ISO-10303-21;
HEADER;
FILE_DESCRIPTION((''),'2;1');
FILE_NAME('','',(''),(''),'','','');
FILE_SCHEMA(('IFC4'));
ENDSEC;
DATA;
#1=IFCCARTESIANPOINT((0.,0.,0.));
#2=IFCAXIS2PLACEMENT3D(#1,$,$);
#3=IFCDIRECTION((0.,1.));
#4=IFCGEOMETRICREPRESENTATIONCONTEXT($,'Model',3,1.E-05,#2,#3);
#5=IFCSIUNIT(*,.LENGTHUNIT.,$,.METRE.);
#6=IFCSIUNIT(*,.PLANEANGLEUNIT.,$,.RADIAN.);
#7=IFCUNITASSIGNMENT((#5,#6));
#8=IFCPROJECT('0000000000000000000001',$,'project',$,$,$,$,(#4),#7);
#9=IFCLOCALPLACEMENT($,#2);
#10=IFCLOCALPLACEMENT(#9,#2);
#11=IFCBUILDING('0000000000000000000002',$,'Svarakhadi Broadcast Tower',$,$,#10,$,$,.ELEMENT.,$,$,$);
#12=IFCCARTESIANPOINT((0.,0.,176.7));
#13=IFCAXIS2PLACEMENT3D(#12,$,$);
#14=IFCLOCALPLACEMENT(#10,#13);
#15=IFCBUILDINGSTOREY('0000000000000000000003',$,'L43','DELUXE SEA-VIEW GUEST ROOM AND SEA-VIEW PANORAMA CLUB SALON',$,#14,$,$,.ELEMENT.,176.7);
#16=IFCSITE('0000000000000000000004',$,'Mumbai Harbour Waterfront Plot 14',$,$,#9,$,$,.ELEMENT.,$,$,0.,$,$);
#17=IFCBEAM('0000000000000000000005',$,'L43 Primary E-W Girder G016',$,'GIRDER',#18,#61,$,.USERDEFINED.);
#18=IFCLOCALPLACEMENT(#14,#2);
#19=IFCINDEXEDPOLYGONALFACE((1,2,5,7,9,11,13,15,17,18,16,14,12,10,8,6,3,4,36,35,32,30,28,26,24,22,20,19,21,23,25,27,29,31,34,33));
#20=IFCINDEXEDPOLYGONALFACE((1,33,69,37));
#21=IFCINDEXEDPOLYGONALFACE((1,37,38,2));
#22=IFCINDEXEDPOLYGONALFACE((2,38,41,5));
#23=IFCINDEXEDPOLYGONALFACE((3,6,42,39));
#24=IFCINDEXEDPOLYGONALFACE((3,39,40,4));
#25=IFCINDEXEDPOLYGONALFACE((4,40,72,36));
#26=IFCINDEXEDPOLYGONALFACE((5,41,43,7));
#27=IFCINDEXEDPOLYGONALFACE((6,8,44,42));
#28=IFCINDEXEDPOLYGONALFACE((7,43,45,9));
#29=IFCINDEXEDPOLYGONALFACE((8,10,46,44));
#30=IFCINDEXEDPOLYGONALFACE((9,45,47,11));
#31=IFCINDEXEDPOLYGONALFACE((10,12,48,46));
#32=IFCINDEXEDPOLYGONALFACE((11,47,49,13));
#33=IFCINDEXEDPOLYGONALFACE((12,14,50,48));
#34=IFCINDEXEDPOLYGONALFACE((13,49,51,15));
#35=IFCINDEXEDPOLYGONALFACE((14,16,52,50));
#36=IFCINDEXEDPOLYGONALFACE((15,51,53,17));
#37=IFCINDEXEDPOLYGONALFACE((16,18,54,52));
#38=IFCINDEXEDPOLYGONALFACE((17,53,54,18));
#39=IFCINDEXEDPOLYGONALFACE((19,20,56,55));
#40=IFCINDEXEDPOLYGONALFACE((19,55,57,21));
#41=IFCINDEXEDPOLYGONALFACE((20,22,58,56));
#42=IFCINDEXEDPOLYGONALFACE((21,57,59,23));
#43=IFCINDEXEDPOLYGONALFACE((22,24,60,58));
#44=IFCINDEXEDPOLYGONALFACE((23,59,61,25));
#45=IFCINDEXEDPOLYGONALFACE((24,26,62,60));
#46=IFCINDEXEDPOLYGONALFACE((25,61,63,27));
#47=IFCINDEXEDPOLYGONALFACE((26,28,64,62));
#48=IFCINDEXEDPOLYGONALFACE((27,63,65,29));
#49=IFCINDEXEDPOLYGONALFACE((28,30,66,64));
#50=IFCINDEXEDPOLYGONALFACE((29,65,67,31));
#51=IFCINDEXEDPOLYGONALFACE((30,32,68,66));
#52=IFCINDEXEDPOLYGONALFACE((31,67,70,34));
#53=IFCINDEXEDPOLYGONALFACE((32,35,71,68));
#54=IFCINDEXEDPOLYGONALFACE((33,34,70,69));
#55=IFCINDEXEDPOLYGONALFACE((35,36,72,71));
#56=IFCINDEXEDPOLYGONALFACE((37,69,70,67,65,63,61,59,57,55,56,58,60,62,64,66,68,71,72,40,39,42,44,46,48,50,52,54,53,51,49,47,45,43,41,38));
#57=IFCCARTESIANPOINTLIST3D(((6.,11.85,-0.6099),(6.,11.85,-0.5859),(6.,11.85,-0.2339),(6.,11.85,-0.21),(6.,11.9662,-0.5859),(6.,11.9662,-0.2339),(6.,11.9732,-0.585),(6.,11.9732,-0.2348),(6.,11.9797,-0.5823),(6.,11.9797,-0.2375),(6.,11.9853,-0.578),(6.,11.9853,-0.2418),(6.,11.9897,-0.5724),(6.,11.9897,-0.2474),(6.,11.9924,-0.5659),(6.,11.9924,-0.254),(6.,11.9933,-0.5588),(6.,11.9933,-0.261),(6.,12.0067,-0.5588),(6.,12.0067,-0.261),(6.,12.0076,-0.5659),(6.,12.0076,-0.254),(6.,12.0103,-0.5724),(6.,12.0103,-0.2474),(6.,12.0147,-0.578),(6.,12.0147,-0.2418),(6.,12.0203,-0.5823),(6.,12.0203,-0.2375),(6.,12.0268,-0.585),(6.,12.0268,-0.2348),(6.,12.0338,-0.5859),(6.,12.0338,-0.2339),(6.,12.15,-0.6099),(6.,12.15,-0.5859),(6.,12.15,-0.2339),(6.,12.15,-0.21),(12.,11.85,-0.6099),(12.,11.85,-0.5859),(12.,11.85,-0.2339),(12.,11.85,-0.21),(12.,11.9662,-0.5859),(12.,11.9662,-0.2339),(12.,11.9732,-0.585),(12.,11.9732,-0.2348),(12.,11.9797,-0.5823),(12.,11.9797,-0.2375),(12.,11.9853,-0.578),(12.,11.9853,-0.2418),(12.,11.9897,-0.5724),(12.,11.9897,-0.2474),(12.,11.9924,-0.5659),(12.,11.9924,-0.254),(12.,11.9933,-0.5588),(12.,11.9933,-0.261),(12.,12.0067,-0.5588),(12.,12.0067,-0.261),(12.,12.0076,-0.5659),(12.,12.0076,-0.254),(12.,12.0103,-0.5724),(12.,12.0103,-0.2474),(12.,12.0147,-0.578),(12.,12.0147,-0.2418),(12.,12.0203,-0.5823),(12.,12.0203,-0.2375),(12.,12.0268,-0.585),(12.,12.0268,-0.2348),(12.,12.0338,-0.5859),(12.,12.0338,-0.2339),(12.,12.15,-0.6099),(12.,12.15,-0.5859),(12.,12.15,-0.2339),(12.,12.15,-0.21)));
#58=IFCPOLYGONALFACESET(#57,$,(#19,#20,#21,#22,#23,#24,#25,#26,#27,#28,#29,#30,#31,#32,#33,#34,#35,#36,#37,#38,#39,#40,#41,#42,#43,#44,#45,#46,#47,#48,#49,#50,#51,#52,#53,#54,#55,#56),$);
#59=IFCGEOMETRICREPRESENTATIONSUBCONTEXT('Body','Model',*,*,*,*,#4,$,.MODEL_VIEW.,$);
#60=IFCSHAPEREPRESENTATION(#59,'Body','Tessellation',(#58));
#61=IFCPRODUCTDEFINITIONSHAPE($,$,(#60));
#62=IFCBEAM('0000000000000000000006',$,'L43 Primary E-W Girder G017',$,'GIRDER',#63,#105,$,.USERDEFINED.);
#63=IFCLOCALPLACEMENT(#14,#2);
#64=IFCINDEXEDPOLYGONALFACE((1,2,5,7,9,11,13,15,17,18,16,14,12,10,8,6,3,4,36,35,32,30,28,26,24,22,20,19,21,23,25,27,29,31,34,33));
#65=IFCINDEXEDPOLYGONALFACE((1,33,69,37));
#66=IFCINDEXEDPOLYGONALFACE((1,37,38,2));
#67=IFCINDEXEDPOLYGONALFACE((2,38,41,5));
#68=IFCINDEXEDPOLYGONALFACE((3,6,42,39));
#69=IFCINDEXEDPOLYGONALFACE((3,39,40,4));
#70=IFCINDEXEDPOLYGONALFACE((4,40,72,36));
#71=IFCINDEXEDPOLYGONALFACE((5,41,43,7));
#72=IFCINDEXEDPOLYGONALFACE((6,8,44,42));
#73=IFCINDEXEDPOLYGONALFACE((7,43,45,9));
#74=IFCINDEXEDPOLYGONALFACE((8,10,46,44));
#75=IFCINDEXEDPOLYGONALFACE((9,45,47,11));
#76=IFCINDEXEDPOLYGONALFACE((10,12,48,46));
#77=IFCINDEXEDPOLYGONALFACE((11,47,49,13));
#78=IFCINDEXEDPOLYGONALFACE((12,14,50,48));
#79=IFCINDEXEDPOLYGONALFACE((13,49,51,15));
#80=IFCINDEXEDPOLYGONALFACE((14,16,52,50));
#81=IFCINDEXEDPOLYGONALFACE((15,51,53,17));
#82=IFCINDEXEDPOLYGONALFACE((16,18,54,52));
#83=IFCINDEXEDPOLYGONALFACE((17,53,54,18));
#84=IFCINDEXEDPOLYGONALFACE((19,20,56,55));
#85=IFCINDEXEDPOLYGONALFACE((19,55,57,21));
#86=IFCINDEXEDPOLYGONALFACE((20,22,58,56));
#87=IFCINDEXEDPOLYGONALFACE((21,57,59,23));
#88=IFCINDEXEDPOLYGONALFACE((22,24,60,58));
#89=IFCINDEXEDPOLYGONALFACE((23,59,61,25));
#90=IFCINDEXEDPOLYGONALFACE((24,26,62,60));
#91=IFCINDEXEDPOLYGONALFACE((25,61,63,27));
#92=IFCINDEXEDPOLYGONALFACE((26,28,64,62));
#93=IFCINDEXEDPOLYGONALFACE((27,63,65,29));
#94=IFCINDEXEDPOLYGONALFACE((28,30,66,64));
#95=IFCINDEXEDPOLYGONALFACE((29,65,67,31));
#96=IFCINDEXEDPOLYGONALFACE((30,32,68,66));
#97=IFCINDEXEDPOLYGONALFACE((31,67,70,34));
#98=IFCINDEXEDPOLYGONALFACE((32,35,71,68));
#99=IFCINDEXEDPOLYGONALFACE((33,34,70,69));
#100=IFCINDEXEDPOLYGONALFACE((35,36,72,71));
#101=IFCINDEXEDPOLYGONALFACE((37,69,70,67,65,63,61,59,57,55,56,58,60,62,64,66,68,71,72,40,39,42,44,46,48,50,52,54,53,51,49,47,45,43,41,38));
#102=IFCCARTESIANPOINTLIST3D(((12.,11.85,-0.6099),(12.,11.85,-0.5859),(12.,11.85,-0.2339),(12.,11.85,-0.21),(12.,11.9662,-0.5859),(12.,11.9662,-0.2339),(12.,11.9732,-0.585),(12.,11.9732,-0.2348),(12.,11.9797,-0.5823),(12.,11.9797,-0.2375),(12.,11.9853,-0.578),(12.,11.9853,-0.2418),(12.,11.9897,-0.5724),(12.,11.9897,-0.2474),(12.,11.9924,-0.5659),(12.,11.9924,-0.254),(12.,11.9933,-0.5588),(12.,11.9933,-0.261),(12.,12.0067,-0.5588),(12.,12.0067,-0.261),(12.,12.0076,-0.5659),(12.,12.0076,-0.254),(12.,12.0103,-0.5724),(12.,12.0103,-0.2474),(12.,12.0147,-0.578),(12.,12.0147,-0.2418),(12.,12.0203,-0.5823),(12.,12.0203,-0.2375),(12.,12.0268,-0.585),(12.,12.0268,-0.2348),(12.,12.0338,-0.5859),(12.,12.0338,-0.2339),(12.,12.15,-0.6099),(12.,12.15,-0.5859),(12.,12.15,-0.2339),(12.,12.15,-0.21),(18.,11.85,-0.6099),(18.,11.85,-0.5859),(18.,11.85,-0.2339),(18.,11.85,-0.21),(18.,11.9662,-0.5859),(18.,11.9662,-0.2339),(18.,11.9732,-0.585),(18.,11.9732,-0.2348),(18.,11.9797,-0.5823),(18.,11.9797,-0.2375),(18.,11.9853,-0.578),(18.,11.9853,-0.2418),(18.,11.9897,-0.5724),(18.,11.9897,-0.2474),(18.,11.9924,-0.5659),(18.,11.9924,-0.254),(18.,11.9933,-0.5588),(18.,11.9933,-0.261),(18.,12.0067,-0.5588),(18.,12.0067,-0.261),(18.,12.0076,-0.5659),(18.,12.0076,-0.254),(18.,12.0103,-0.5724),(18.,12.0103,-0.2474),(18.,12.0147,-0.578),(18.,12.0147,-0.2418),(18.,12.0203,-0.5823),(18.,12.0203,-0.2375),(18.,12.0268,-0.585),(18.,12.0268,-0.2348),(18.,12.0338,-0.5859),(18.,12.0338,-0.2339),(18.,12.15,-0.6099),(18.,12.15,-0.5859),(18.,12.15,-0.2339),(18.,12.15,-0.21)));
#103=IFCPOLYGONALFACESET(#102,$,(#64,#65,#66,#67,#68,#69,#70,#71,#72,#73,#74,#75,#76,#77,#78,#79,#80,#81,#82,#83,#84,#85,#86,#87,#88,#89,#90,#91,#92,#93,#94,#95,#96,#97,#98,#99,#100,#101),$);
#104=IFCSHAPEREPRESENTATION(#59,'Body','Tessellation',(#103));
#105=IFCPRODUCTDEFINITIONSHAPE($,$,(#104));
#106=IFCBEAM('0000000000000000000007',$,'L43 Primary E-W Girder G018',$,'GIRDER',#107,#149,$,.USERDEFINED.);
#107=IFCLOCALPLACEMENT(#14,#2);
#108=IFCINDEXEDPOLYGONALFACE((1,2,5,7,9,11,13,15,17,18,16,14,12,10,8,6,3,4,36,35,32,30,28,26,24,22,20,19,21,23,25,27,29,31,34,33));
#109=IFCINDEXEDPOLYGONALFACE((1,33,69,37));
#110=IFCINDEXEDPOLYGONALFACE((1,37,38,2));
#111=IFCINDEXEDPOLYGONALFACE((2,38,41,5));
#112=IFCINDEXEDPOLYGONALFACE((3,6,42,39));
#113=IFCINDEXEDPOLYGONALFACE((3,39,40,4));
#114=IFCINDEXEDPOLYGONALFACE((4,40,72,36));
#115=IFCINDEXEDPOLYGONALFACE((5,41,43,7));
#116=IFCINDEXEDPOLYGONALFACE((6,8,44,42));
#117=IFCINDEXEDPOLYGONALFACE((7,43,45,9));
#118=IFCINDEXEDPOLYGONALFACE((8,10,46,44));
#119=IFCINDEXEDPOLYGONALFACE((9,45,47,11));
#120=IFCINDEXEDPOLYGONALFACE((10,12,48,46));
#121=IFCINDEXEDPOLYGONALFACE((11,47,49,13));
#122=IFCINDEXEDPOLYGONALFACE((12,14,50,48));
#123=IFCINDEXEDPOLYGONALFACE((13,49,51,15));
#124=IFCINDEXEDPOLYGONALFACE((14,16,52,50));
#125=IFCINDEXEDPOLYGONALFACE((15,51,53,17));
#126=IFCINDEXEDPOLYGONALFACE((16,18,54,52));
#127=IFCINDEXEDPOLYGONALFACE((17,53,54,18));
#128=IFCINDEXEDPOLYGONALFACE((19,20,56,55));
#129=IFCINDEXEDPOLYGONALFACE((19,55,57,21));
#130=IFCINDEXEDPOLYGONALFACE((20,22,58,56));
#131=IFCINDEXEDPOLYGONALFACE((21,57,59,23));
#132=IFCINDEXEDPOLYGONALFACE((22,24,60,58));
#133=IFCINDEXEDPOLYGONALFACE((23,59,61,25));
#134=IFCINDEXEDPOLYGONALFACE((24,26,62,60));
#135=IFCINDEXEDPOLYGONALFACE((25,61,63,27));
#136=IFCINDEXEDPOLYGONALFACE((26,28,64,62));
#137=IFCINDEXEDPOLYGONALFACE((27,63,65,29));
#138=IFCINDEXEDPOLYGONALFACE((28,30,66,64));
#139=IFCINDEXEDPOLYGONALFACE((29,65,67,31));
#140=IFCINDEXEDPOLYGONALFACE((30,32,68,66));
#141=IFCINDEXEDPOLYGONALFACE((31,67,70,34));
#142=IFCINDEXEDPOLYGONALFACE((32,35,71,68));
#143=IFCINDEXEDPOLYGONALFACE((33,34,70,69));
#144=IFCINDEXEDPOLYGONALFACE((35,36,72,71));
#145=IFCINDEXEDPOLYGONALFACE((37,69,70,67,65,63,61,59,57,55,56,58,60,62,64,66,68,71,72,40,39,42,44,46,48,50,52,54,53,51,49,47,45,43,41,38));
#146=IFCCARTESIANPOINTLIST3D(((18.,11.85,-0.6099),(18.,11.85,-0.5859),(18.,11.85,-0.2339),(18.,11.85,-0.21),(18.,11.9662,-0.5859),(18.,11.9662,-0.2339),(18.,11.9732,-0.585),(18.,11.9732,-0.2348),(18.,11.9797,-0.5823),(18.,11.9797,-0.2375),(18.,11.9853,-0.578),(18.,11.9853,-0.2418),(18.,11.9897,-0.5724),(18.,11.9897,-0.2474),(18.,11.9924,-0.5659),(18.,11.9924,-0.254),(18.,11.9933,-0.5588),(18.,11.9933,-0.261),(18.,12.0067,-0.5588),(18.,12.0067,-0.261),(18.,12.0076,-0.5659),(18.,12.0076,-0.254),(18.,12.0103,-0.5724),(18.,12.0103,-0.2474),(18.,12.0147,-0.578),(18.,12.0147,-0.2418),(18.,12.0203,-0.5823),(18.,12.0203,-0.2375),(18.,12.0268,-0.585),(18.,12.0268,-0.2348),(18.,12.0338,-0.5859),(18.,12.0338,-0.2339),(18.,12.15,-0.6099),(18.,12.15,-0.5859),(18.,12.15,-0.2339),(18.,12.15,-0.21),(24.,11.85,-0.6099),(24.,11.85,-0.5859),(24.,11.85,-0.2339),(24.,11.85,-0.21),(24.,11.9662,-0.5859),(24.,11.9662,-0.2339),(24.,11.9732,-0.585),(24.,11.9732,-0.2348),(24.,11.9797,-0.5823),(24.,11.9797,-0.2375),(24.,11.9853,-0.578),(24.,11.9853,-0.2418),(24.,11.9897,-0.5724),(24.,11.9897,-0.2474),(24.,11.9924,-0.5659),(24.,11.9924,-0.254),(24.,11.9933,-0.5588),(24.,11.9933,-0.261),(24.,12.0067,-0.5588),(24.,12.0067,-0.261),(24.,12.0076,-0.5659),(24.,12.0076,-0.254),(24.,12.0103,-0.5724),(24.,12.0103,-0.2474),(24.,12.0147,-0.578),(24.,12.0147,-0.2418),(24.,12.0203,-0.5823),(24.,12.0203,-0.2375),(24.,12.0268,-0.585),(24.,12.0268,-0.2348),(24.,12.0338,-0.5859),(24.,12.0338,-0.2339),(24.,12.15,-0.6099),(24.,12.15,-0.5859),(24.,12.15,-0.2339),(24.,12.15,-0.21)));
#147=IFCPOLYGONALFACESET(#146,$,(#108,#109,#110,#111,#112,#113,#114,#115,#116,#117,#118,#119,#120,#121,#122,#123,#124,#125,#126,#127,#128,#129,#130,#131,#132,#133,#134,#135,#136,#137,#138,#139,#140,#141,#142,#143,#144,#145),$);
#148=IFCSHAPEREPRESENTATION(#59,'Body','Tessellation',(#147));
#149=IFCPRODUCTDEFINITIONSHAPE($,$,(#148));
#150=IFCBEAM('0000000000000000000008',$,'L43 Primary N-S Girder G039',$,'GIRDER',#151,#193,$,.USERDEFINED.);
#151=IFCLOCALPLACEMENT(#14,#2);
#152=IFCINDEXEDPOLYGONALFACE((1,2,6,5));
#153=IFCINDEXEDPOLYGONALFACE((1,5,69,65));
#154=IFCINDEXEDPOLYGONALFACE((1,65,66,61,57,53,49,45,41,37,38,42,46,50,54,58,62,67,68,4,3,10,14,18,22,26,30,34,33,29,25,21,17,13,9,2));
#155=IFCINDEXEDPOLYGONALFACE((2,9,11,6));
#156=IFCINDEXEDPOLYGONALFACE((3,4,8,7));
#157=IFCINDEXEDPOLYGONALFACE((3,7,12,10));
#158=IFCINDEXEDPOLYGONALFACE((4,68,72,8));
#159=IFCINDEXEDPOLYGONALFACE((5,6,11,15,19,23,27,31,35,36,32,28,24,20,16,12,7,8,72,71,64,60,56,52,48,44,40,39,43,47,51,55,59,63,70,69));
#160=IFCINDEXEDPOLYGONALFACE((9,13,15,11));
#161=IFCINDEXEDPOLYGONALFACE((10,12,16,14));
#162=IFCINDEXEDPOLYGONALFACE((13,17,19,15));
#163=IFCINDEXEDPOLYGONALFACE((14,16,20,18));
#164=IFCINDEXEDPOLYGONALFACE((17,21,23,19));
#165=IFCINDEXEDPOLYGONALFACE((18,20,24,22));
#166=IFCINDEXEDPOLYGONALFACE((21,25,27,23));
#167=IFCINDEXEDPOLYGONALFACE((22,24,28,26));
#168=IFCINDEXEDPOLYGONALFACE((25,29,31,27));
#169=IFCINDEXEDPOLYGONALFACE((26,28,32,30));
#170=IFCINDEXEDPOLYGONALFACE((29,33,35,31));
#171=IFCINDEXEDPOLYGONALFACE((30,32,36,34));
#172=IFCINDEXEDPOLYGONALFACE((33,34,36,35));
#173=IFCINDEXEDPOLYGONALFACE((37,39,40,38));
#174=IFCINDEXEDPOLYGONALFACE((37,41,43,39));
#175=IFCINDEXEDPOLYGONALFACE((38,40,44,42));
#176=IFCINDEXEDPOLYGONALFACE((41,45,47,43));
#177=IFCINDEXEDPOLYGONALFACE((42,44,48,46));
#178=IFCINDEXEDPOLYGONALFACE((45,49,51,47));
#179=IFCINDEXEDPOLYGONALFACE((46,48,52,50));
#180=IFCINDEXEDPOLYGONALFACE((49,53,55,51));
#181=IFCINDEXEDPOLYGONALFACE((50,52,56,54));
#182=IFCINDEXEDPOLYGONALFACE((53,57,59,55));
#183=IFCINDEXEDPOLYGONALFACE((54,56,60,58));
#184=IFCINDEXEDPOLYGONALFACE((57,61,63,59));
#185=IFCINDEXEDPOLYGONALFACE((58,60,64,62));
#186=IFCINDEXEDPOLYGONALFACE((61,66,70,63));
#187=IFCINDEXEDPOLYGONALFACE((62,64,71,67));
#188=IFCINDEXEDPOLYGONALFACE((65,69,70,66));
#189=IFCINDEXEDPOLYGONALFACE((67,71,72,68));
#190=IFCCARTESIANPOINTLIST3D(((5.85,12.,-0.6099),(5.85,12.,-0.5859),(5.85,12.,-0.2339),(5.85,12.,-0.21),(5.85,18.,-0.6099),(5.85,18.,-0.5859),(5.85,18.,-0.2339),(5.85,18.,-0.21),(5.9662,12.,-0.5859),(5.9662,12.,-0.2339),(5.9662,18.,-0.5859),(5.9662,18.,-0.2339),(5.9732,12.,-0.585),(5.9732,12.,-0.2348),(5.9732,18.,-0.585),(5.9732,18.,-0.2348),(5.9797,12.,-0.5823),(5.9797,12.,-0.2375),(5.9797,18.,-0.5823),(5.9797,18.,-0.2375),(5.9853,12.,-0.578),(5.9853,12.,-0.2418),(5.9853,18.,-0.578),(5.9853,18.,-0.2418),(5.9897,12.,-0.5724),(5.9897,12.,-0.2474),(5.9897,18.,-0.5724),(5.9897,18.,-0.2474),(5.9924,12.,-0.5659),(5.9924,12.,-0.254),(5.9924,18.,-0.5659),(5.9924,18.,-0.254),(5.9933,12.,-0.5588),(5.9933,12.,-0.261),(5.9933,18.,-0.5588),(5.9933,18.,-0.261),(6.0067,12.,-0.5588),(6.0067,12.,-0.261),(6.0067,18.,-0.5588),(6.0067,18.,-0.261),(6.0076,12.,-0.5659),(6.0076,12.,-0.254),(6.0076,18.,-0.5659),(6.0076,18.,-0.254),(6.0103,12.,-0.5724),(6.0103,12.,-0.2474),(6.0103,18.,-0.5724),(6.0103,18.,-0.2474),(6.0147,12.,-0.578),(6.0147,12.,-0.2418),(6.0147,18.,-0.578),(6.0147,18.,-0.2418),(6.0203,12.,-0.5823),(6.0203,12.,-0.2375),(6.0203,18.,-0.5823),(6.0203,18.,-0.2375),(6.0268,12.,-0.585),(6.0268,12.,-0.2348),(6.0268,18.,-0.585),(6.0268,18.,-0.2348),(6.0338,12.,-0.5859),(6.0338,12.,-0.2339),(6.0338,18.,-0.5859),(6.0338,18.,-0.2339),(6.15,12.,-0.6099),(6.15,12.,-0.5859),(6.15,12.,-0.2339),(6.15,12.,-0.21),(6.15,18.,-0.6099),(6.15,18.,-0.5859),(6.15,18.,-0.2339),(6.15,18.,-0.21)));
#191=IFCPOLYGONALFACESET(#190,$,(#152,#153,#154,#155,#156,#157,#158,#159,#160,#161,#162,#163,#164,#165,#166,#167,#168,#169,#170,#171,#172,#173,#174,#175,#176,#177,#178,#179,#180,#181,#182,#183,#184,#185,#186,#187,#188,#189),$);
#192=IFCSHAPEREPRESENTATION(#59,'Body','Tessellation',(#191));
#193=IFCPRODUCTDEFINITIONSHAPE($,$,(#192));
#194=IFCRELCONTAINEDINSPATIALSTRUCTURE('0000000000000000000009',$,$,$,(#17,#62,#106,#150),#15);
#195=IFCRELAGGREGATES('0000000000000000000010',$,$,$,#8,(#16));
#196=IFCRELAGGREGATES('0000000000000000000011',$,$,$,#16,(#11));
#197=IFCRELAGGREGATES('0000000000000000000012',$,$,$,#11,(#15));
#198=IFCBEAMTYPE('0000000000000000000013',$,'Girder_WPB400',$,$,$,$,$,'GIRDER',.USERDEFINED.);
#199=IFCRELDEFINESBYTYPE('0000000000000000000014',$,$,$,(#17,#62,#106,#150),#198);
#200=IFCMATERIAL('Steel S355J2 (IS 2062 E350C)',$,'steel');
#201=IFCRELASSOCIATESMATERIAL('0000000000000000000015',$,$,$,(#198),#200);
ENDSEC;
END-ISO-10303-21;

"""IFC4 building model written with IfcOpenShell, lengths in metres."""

from ifc_helpers import new_model, si_unit, direction, frame, origin, origin_2d, place, context, subcontext, project, spatial, i_section, extrude, material, material_profile, profile_set, type_object, element, save


model = new_model("IFC4")

# Units and contexts
model_context = context("Model", 3, precision=1e-05, world=origin(), true_north=direction((0.0, 1.0)))
body_context = subcontext(model_context, "Body", "Model", "MODEL_VIEW")
ifc_project = project(units=[si_unit("LENGTHUNIT", "METRE"), si_unit("PLANEANGLEUNIT", "RADIAN")], contexts=[model_context])

# Site, building, storey
site_placement = place(None, origin())
site = spatial("IfcSite", under=ifc_project, at=site_placement, Name="Mumbai Harbour Waterfront Plot 14", CompositionType="ELEMENT", RefElevation=0.0)
building_placement = place(site_placement, origin())
building = spatial("IfcBuilding", under=site, at=building_placement, Name="Svarakhadi Broadcast Tower", CompositionType="ELEMENT")
storey_placement = place(building_placement, frame((0.0, 0.0, 176.7)))
storey = spatial("IfcBuildingStorey", under=building, at=storey_placement, Name="L43", Description="DELUXE SEA-VIEW GUEST ROOM AND SEA-VIEW PANORAMA CLUB SALON", CompositionType="ELEMENT", Elevation=176.7)

# Beams
ifc_material_1 = material(Name="Steel S355J2 (IS 2062 E350C)", Category="steel")
ifc_material_profile_1 = material_profile(ifc_material_1, i_section(OverallWidth=0.3, OverallDepth=0.3999, WebThickness=0.0134, FlangeThickness=0.0239, FilletRadius=0.0271, at=origin_2d()), Name="WPB 400x300x155")
ifc_profile_set_1 = profile_set([ifc_material_profile_1], Name="Steel S355J2 (IS 2062 E350C)")
beam_type_1 = type_object("IfcBeamType", Name="Girder_WPB400", ElementType="GIRDER", PredefinedType="USERDEFINED", material=ifc_profile_set_1)
for number, where, z_axis, x_axis, name in (
    (1, (6.0, 12.0, -0.4099), (1.0, 0.0, 0.0), (0.0, 1.0, 0.0), "L43 Primary E-W Girder G016"),
    (2, (12.0, 12.0, -0.4099), (1.0, 0.0, 0.0), (0.0, 1.0, 0.0), "L43 Primary E-W Girder G017"),
    (3, (18.0, 12.0, -0.4099), (1.0, 0.0, 0.0), (0.0, 1.0, 0.0), "L43 Primary E-W Girder G018"),
    (4, (6.0, 12.0, -0.4099), (0.0, 1.0, 0.0), (-1.0, 0.0, 0.0), "L43 Primary N-S Girder G039"),
):
    element("IfcBeam", number, at=place(storey_placement, frame(where, z_axis=z_axis, x_axis=x_axis)), inside=storey, type_object=beam_type_1, Name=name, ObjectType="GIRDER", PredefinedType="USERDEFINED", context=body_context, shape_type="SweptSolid", body=[
        extrude(i_section(OverallWidth=0.3, OverallDepth=0.3999, WebThickness=0.0134, FlangeThickness=0.0239, FilletRadius=0.0271, at=origin_2d()), origin(), (0.0, 0.0, 1.0), 6.0),
    ])

save(model, "model.ifc")
